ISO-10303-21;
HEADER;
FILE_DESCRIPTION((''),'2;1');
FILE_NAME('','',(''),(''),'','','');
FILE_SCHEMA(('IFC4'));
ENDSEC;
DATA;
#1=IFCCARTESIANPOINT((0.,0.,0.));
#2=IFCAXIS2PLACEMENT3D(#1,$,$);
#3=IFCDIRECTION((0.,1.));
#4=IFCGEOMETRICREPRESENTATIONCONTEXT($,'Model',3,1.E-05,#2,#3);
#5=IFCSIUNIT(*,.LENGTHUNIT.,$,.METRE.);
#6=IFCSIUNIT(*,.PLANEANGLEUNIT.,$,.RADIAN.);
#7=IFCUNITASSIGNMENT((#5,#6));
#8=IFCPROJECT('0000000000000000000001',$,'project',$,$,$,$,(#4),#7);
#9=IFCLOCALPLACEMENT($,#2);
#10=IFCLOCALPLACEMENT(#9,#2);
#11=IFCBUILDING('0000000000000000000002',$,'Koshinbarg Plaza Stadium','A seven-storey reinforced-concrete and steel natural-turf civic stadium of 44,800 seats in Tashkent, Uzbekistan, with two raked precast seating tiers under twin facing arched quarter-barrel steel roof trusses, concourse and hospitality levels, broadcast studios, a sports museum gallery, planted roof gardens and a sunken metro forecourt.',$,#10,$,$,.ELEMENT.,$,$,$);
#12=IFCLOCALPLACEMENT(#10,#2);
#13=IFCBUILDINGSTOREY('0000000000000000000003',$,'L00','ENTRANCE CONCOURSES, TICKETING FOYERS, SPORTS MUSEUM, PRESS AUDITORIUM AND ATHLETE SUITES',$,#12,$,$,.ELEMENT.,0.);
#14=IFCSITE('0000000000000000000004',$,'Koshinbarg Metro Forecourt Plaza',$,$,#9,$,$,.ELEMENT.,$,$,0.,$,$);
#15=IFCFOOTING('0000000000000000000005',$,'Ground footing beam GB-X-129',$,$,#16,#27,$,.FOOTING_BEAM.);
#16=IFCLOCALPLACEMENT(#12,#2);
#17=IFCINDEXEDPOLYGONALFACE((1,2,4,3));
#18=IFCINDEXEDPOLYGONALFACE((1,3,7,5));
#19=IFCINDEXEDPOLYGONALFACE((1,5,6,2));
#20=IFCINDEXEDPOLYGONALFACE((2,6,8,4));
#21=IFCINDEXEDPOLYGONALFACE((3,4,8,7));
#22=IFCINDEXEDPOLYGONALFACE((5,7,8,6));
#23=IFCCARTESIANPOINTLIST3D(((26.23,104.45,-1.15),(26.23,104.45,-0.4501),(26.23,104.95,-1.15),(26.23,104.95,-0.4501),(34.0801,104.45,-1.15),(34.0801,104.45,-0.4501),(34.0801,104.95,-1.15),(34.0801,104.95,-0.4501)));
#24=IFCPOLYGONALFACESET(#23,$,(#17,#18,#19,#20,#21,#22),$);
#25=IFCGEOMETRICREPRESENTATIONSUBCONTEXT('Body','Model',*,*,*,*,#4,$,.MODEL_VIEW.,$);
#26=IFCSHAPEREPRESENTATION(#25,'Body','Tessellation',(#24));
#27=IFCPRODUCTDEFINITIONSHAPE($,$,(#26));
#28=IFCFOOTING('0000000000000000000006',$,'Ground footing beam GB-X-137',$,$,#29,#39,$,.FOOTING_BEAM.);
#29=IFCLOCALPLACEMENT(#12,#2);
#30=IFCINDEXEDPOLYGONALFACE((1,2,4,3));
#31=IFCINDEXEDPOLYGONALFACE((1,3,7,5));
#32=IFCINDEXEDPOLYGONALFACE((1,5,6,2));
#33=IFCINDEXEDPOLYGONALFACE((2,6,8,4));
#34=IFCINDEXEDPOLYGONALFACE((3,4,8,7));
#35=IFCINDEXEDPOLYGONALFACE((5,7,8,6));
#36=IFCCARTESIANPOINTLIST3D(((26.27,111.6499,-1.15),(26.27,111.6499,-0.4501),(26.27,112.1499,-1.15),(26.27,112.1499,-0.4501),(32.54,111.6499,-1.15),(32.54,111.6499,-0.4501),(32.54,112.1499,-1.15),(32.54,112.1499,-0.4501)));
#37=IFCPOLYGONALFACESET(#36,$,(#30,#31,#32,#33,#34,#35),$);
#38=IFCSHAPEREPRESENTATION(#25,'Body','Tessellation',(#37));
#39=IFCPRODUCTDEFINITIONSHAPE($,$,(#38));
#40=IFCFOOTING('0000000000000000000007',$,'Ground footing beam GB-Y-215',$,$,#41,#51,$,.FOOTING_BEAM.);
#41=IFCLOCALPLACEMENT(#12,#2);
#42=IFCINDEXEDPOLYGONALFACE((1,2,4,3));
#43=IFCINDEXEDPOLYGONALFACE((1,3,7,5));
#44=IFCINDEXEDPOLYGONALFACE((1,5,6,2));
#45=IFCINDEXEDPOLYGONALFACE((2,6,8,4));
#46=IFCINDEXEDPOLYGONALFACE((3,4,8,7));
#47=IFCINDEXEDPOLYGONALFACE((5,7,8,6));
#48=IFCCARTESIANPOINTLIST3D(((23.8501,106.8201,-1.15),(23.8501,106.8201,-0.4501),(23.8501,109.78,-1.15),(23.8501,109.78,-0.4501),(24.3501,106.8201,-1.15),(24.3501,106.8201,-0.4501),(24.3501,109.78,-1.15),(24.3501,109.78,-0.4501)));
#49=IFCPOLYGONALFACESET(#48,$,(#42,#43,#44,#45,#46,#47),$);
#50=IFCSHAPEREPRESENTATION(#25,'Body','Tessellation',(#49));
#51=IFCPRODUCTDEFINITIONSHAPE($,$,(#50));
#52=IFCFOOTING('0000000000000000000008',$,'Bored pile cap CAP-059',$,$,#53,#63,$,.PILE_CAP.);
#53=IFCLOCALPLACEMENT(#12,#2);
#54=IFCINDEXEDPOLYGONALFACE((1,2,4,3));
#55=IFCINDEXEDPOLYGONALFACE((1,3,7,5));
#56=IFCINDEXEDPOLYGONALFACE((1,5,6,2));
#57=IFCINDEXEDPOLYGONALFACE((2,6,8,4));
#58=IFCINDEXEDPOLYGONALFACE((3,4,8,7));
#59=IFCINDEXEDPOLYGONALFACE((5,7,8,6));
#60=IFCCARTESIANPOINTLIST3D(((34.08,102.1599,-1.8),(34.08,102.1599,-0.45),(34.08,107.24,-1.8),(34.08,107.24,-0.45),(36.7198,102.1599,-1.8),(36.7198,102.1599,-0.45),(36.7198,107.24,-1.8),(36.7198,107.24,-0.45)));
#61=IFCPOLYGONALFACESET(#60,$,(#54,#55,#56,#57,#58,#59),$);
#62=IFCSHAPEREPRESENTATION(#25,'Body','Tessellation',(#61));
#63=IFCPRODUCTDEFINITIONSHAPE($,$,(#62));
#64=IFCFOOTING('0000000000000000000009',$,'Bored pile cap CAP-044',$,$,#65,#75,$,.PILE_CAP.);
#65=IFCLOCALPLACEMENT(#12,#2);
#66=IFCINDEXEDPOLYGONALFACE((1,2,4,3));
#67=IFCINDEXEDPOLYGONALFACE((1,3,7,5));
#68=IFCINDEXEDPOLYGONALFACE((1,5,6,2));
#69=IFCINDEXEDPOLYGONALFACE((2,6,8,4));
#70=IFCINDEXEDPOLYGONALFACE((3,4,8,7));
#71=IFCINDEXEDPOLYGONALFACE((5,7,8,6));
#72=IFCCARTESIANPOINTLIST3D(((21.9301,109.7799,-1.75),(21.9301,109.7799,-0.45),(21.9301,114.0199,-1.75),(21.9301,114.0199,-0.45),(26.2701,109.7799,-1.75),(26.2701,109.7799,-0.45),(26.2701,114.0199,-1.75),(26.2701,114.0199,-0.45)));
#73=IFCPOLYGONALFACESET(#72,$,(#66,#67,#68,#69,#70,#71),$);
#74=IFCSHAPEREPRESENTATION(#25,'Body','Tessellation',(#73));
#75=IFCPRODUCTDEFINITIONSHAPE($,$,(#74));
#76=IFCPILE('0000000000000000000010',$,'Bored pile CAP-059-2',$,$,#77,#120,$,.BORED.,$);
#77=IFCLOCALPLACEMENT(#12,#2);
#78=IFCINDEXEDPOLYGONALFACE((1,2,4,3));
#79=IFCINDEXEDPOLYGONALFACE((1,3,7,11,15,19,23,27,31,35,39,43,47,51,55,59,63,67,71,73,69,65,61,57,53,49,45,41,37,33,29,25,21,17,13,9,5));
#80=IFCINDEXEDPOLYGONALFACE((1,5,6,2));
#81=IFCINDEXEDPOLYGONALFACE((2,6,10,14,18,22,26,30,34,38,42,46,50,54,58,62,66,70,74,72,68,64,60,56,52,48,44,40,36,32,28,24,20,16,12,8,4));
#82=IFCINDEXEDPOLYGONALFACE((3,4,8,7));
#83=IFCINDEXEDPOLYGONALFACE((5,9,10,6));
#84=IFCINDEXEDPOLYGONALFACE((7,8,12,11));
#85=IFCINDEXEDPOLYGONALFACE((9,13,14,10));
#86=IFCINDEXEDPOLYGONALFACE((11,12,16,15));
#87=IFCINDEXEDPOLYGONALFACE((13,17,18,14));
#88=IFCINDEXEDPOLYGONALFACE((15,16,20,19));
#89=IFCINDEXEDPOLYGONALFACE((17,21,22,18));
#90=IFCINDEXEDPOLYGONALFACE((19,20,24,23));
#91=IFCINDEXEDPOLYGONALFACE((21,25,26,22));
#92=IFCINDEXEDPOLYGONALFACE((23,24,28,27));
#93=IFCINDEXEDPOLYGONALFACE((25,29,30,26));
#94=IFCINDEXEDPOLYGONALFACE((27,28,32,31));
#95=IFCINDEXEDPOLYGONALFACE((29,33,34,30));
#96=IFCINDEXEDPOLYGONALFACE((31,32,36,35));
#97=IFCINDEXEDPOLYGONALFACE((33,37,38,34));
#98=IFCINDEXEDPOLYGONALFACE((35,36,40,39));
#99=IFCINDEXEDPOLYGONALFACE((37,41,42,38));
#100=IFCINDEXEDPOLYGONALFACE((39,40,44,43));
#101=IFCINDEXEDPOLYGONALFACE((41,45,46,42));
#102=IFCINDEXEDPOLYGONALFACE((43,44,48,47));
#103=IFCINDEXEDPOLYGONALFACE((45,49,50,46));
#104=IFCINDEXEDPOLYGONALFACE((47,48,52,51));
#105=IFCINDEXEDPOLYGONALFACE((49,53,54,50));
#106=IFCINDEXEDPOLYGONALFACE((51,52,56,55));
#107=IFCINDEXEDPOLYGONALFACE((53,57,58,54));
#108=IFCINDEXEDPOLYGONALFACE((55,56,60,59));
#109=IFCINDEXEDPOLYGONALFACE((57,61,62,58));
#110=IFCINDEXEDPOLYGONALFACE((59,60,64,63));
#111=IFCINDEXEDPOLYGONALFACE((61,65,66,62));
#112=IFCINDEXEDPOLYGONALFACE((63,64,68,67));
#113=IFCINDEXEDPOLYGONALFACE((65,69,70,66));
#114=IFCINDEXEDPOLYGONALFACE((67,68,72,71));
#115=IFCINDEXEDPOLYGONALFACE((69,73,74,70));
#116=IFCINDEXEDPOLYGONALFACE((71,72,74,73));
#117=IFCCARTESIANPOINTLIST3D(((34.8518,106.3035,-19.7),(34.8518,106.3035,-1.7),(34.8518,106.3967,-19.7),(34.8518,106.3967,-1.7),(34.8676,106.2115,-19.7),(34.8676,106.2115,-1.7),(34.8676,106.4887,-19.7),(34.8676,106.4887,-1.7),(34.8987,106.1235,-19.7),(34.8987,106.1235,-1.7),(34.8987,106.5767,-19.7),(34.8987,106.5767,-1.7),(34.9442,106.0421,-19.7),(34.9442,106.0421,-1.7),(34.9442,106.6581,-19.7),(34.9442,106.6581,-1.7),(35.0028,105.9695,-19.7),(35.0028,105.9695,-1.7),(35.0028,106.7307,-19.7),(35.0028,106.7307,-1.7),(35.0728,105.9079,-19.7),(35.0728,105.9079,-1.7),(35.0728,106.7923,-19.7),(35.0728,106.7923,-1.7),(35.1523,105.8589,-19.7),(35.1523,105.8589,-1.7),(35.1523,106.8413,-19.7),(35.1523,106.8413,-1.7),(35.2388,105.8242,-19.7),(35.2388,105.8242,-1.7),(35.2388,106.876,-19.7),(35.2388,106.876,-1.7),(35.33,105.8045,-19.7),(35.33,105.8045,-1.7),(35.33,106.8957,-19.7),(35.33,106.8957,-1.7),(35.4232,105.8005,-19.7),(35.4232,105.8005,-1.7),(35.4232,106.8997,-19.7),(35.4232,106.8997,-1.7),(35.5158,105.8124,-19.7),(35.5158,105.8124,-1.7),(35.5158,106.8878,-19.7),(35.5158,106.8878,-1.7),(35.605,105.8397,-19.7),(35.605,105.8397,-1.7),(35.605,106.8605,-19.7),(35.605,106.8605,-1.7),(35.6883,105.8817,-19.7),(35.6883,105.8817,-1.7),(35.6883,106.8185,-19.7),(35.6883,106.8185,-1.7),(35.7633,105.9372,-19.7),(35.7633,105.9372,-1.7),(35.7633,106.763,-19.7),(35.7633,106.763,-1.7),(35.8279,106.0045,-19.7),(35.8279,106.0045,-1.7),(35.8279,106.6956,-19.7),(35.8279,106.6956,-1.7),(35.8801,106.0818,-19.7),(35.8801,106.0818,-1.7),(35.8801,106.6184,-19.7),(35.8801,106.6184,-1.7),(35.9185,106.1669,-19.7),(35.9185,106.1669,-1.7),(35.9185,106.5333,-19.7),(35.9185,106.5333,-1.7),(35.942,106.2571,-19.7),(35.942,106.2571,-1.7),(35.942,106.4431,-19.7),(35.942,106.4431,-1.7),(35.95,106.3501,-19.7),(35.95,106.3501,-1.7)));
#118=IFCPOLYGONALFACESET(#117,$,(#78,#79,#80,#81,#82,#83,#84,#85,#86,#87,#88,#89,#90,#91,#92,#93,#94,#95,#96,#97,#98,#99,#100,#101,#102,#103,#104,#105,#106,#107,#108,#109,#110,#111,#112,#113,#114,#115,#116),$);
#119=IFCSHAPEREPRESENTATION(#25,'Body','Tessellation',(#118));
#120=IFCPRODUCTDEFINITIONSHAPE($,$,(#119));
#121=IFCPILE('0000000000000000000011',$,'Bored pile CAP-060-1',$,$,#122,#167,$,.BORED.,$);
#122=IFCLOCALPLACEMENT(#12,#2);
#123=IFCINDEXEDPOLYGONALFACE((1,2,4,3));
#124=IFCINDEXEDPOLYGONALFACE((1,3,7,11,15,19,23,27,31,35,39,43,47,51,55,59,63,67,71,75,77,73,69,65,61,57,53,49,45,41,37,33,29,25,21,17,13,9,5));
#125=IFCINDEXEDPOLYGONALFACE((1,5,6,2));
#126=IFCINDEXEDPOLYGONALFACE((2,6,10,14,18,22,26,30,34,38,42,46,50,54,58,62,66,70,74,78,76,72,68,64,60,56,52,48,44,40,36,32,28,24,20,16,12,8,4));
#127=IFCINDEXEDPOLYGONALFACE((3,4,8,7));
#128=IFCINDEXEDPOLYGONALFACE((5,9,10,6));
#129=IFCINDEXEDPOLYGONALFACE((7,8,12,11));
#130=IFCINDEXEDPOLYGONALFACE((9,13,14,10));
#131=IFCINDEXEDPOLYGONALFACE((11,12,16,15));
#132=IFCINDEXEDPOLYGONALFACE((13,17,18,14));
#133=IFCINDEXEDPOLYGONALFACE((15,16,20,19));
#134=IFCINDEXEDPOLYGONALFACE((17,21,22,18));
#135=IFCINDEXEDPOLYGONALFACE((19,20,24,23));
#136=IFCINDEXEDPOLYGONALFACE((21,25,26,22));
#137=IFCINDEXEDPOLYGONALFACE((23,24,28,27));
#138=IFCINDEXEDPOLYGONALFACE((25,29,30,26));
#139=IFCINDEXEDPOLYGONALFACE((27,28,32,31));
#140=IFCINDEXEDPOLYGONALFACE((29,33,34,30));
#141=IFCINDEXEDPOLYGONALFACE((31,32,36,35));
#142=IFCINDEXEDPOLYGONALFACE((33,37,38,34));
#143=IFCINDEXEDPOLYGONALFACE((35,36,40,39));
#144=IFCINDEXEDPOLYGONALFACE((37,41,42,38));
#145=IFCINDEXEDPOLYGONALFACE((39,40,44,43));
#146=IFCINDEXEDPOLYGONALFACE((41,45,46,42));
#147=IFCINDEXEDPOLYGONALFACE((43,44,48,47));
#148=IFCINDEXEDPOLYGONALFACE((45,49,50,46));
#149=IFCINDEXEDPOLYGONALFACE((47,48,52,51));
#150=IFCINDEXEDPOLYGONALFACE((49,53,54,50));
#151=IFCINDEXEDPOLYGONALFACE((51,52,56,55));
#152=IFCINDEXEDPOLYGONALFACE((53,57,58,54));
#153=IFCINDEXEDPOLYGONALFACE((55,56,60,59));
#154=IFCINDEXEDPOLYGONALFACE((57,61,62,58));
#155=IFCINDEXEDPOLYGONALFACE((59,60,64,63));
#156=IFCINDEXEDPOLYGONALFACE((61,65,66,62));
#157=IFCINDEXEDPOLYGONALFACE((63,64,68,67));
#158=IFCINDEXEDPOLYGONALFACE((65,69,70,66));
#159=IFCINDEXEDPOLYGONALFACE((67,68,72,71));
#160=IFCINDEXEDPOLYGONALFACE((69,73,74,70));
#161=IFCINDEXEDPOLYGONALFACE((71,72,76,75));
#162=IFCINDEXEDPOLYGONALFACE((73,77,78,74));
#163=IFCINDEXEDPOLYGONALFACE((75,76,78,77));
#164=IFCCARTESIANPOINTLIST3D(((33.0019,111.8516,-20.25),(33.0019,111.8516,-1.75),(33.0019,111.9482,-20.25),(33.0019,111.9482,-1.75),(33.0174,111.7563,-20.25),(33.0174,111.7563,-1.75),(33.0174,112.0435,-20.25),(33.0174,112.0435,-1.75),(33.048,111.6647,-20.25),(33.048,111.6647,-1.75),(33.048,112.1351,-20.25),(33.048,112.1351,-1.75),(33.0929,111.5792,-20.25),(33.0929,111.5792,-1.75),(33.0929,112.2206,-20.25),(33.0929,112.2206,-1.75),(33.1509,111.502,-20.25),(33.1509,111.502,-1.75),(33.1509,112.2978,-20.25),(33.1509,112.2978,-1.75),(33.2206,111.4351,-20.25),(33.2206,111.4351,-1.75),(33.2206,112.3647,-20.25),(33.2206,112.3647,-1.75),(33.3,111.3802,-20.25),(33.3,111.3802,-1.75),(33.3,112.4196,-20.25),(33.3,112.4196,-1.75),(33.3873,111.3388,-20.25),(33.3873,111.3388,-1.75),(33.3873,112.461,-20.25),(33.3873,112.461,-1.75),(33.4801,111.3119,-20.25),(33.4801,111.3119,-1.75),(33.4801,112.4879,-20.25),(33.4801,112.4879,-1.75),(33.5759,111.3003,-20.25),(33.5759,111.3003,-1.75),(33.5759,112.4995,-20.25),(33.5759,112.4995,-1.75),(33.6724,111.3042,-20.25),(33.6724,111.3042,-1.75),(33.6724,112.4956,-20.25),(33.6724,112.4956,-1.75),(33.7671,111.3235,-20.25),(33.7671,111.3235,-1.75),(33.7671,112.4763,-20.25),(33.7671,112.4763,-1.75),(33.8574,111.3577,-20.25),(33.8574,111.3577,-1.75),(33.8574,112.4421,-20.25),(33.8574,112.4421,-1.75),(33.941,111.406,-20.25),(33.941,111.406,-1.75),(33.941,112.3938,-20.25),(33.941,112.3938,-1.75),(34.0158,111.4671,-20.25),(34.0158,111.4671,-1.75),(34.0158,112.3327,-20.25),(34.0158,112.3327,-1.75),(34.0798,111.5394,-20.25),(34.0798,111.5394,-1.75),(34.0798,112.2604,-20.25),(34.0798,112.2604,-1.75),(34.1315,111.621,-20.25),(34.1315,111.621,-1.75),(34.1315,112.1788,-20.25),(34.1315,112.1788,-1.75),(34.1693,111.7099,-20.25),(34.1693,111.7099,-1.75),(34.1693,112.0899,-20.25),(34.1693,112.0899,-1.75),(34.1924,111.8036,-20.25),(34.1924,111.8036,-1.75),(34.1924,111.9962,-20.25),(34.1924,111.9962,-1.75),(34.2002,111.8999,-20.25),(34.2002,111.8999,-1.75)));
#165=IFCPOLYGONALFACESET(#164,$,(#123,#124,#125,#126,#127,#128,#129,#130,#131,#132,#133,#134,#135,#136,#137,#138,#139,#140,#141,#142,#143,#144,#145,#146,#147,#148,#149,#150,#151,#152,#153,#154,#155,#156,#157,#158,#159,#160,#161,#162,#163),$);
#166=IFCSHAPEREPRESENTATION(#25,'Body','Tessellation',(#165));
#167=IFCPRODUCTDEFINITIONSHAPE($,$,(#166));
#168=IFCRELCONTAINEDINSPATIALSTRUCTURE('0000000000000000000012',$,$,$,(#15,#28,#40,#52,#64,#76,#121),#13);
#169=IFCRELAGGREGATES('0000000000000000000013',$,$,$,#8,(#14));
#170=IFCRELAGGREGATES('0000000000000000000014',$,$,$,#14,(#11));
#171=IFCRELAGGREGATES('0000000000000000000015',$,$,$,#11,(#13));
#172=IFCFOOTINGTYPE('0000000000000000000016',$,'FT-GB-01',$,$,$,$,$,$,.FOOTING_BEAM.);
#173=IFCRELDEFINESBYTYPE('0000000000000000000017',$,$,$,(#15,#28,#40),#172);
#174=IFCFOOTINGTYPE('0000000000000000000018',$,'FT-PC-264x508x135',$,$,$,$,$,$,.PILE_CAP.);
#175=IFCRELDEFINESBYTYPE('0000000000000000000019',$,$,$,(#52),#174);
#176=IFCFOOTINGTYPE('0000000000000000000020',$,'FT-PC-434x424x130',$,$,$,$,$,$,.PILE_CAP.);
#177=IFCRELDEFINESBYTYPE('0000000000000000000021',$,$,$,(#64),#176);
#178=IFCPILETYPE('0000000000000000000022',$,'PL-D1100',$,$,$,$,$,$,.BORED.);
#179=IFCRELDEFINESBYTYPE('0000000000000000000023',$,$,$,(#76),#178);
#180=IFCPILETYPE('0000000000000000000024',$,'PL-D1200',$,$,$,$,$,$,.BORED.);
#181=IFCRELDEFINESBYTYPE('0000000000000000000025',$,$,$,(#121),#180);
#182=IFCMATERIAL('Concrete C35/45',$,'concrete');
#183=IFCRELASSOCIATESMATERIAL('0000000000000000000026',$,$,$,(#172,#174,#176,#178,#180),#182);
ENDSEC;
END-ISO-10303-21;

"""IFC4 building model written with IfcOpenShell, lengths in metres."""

from ifc_helpers import new_model, si_unit, direction, frame, origin, origin_2d, place, context, subcontext, project, spatial, rectangle, circle, extrude, material, material_profile, profile_set, type_object, element, save


model = new_model("IFC4")

# Units and contexts
model_context = context("Model", 3, precision=1e-05, world=origin(), true_north=direction((0.0, 1.0)))
body_context = subcontext(model_context, "Body", "Model", "MODEL_VIEW")
ifc_project = project(units=[si_unit("LENGTHUNIT", "METRE"), si_unit("PLANEANGLEUNIT", "RADIAN")], contexts=[model_context])

# Site, building, storey
site_placement = place(None, origin())
site = spatial("IfcSite", under=ifc_project, at=site_placement, Name="Koshinbarg Metro Forecourt Plaza", CompositionType="ELEMENT", RefElevation=0.0)
building_placement = place(site_placement, origin())
building = spatial("IfcBuilding", under=site, at=building_placement, Name="Koshinbarg Plaza Stadium", Description="A seven-storey reinforced-concrete and steel natural-turf civic stadium of 44,800 seats in Tashkent, Uzbekistan, with two raked precast seating tiers under twin facing arched quarter-barrel steel roof trusses, concourse and hospitality levels, broadcast studios, a sports museum gallery, planted roof gardens and a sunken metro forecourt.", CompositionType="ELEMENT")
storey_placement = place(building_placement, origin())
storey = spatial("IfcBuildingStorey", under=building, at=storey_placement, Name="L00", Description="ENTRANCE CONCOURSES, TICKETING FOYERS, SPORTS MUSEUM, PRESS AUDITORIUM AND ATHLETE SUITES", CompositionType="ELEMENT", Elevation=0.0)

# Footings
ifc_material_1 = material(Name="Concrete C35/45", Category="concrete")
ifc_material_profile_1 = material_profile(ifc_material_1, rectangle(XDim=0.5, YDim=0.7, at=origin_2d()), Name="GB 500x700")
ifc_profile_set_1 = profile_set([ifc_material_profile_1], Name="Concrete C35/45")
footing_type_1 = type_object("IfcFootingType", Name="FT-GB-01", PredefinedType="FOOTING_BEAM", material=ifc_profile_set_1)
footing_1_placement = place(storey_placement, frame((26.23, 104.7, -0.8), z_axis=(1.0, 0.0, 0.0), x_axis=(0.0, 1.0, 0.0)))
element("IfcFooting", 1, at=footing_1_placement, inside=storey, type_object=footing_type_1, Name="Ground footing beam GB-X-129", PredefinedType="FOOTING_BEAM", context=body_context, shape_type="SweptSolid", body=[
    extrude(rectangle(XDim=0.5, YDim=0.7, at=origin_2d()), origin(), (0.0, 0.0, 1.0), 7.8501),
])
footing_2_placement = place(storey_placement, frame((26.27, 111.8999, -0.8), z_axis=(1.0, 0.0, 0.0), x_axis=(0.0, 1.0, 0.0)))
element("IfcFooting", 2, at=footing_2_placement, inside=storey, type_object=footing_type_1, Name="Ground footing beam GB-X-137", PredefinedType="FOOTING_BEAM", context=body_context, shape_type="SweptSolid", body=[
    extrude(rectangle(XDim=0.5, YDim=0.7, at=origin_2d()), origin(), (0.0, 0.0, 1.0), 6.27),
])
footing_3_placement = place(storey_placement, frame((24.1001, 106.8201, -0.8), z_axis=(0.0, 1.0, 0.0), x_axis=(-1.0, 0.0, 0.0)))
element("IfcFooting", 3, at=footing_3_placement, inside=storey, type_object=footing_type_1, Name="Ground footing beam GB-Y-215", PredefinedType="FOOTING_BEAM", context=body_context, shape_type="SweptSolid", body=[
    extrude(rectangle(XDim=0.5, YDim=0.7, at=origin_2d()), origin(), (0.0, 0.0, 1.0), 2.96),
])
footing_type_2 = type_object("IfcFootingType", Name="FT-PC-264x508x135", PredefinedType="PILE_CAP", material=ifc_material_1)
footing_4_placement = place(storey_placement, frame((35.3999, 104.7, -1.8), z_axis=(0.0, 0.0, 1.0), x_axis=(1.0, 0.0, 0.0)))
element("IfcFooting", 4, at=footing_4_placement, inside=storey, type_object=footing_type_2, Name="Bored pile cap CAP-059", PredefinedType="PILE_CAP", context=body_context, shape_type="SweptSolid", body=[
    extrude(rectangle(XDim=2.6399, YDim=5.0801, at=origin_2d()), origin(), (0.0, 0.0, 1.0), 1.3501),
])
footing_type_3 = type_object("IfcFootingType", Name="FT-PC-434x424x130", PredefinedType="PILE_CAP", material=ifc_material_1)
footing_5_placement = place(storey_placement, frame((24.1001, 111.8999, -1.75), z_axis=(0.0, 0.0, 1.0), x_axis=(1.0, 0.0, 0.0)))
element("IfcFooting", 5, at=footing_5_placement, inside=storey, type_object=footing_type_3, Name="Bored pile cap CAP-044", PredefinedType="PILE_CAP", context=body_context, shape_type="SweptSolid", body=[
    extrude(rectangle(XDim=4.3401, YDim=4.24, at=origin_2d()), origin(), (0.0, 0.0, 1.0), 1.3),
])

# Piles
ifc_material_profile_2 = material_profile(ifc_material_1, circle(Radius=0.55, at=origin_2d()), Name="PILE D1100")
ifc_profile_set_2 = profile_set([ifc_material_profile_2], Name="Concrete C35/45")
pile_type_1 = type_object("IfcPileType", Name="PL-D1100", PredefinedType="BORED", material=ifc_profile_set_2)
pile_1_placement = place(storey_placement, frame((35.3999, 106.3501, -1.7), z_axis=(0.0, 0.0, -1.0), x_axis=(1.0, 0.0, 0.0)))
element("IfcPile", 6, at=pile_1_placement, inside=storey, type_object=pile_type_1, Name="Bored pile CAP-059-2", PredefinedType="BORED", context=body_context, shape_type="SweptSolid", body=[
    extrude(circle(Radius=0.55, at=origin_2d()), origin(), (0.0, 0.0, 1.0), 18.0),
])
ifc_material_profile_3 = material_profile(ifc_material_1, circle(Radius=0.6001, at=origin_2d()), Name="PILE D1200")
ifc_profile_set_3 = profile_set([ifc_material_profile_3], Name="Concrete C35/45")
pile_type_2 = type_object("IfcPileType", Name="PL-D1200", PredefinedType="BORED", material=ifc_profile_set_3)
pile_2_placement = place(storey_placement, frame((33.6001, 111.8999, -1.75), z_axis=(0.0, 0.0, -1.0), x_axis=(1.0, 0.0, 0.0)))
element("IfcPile", 7, at=pile_2_placement, inside=storey, type_object=pile_type_2, Name="Bored pile CAP-060-1", PredefinedType="BORED", context=body_context, shape_type="SweptSolid", body=[
    extrude(circle(Radius=0.6001, at=origin_2d()), origin(), (0.0, 0.0, 1.0), 18.5),
])

save(model, "model.ifc")
